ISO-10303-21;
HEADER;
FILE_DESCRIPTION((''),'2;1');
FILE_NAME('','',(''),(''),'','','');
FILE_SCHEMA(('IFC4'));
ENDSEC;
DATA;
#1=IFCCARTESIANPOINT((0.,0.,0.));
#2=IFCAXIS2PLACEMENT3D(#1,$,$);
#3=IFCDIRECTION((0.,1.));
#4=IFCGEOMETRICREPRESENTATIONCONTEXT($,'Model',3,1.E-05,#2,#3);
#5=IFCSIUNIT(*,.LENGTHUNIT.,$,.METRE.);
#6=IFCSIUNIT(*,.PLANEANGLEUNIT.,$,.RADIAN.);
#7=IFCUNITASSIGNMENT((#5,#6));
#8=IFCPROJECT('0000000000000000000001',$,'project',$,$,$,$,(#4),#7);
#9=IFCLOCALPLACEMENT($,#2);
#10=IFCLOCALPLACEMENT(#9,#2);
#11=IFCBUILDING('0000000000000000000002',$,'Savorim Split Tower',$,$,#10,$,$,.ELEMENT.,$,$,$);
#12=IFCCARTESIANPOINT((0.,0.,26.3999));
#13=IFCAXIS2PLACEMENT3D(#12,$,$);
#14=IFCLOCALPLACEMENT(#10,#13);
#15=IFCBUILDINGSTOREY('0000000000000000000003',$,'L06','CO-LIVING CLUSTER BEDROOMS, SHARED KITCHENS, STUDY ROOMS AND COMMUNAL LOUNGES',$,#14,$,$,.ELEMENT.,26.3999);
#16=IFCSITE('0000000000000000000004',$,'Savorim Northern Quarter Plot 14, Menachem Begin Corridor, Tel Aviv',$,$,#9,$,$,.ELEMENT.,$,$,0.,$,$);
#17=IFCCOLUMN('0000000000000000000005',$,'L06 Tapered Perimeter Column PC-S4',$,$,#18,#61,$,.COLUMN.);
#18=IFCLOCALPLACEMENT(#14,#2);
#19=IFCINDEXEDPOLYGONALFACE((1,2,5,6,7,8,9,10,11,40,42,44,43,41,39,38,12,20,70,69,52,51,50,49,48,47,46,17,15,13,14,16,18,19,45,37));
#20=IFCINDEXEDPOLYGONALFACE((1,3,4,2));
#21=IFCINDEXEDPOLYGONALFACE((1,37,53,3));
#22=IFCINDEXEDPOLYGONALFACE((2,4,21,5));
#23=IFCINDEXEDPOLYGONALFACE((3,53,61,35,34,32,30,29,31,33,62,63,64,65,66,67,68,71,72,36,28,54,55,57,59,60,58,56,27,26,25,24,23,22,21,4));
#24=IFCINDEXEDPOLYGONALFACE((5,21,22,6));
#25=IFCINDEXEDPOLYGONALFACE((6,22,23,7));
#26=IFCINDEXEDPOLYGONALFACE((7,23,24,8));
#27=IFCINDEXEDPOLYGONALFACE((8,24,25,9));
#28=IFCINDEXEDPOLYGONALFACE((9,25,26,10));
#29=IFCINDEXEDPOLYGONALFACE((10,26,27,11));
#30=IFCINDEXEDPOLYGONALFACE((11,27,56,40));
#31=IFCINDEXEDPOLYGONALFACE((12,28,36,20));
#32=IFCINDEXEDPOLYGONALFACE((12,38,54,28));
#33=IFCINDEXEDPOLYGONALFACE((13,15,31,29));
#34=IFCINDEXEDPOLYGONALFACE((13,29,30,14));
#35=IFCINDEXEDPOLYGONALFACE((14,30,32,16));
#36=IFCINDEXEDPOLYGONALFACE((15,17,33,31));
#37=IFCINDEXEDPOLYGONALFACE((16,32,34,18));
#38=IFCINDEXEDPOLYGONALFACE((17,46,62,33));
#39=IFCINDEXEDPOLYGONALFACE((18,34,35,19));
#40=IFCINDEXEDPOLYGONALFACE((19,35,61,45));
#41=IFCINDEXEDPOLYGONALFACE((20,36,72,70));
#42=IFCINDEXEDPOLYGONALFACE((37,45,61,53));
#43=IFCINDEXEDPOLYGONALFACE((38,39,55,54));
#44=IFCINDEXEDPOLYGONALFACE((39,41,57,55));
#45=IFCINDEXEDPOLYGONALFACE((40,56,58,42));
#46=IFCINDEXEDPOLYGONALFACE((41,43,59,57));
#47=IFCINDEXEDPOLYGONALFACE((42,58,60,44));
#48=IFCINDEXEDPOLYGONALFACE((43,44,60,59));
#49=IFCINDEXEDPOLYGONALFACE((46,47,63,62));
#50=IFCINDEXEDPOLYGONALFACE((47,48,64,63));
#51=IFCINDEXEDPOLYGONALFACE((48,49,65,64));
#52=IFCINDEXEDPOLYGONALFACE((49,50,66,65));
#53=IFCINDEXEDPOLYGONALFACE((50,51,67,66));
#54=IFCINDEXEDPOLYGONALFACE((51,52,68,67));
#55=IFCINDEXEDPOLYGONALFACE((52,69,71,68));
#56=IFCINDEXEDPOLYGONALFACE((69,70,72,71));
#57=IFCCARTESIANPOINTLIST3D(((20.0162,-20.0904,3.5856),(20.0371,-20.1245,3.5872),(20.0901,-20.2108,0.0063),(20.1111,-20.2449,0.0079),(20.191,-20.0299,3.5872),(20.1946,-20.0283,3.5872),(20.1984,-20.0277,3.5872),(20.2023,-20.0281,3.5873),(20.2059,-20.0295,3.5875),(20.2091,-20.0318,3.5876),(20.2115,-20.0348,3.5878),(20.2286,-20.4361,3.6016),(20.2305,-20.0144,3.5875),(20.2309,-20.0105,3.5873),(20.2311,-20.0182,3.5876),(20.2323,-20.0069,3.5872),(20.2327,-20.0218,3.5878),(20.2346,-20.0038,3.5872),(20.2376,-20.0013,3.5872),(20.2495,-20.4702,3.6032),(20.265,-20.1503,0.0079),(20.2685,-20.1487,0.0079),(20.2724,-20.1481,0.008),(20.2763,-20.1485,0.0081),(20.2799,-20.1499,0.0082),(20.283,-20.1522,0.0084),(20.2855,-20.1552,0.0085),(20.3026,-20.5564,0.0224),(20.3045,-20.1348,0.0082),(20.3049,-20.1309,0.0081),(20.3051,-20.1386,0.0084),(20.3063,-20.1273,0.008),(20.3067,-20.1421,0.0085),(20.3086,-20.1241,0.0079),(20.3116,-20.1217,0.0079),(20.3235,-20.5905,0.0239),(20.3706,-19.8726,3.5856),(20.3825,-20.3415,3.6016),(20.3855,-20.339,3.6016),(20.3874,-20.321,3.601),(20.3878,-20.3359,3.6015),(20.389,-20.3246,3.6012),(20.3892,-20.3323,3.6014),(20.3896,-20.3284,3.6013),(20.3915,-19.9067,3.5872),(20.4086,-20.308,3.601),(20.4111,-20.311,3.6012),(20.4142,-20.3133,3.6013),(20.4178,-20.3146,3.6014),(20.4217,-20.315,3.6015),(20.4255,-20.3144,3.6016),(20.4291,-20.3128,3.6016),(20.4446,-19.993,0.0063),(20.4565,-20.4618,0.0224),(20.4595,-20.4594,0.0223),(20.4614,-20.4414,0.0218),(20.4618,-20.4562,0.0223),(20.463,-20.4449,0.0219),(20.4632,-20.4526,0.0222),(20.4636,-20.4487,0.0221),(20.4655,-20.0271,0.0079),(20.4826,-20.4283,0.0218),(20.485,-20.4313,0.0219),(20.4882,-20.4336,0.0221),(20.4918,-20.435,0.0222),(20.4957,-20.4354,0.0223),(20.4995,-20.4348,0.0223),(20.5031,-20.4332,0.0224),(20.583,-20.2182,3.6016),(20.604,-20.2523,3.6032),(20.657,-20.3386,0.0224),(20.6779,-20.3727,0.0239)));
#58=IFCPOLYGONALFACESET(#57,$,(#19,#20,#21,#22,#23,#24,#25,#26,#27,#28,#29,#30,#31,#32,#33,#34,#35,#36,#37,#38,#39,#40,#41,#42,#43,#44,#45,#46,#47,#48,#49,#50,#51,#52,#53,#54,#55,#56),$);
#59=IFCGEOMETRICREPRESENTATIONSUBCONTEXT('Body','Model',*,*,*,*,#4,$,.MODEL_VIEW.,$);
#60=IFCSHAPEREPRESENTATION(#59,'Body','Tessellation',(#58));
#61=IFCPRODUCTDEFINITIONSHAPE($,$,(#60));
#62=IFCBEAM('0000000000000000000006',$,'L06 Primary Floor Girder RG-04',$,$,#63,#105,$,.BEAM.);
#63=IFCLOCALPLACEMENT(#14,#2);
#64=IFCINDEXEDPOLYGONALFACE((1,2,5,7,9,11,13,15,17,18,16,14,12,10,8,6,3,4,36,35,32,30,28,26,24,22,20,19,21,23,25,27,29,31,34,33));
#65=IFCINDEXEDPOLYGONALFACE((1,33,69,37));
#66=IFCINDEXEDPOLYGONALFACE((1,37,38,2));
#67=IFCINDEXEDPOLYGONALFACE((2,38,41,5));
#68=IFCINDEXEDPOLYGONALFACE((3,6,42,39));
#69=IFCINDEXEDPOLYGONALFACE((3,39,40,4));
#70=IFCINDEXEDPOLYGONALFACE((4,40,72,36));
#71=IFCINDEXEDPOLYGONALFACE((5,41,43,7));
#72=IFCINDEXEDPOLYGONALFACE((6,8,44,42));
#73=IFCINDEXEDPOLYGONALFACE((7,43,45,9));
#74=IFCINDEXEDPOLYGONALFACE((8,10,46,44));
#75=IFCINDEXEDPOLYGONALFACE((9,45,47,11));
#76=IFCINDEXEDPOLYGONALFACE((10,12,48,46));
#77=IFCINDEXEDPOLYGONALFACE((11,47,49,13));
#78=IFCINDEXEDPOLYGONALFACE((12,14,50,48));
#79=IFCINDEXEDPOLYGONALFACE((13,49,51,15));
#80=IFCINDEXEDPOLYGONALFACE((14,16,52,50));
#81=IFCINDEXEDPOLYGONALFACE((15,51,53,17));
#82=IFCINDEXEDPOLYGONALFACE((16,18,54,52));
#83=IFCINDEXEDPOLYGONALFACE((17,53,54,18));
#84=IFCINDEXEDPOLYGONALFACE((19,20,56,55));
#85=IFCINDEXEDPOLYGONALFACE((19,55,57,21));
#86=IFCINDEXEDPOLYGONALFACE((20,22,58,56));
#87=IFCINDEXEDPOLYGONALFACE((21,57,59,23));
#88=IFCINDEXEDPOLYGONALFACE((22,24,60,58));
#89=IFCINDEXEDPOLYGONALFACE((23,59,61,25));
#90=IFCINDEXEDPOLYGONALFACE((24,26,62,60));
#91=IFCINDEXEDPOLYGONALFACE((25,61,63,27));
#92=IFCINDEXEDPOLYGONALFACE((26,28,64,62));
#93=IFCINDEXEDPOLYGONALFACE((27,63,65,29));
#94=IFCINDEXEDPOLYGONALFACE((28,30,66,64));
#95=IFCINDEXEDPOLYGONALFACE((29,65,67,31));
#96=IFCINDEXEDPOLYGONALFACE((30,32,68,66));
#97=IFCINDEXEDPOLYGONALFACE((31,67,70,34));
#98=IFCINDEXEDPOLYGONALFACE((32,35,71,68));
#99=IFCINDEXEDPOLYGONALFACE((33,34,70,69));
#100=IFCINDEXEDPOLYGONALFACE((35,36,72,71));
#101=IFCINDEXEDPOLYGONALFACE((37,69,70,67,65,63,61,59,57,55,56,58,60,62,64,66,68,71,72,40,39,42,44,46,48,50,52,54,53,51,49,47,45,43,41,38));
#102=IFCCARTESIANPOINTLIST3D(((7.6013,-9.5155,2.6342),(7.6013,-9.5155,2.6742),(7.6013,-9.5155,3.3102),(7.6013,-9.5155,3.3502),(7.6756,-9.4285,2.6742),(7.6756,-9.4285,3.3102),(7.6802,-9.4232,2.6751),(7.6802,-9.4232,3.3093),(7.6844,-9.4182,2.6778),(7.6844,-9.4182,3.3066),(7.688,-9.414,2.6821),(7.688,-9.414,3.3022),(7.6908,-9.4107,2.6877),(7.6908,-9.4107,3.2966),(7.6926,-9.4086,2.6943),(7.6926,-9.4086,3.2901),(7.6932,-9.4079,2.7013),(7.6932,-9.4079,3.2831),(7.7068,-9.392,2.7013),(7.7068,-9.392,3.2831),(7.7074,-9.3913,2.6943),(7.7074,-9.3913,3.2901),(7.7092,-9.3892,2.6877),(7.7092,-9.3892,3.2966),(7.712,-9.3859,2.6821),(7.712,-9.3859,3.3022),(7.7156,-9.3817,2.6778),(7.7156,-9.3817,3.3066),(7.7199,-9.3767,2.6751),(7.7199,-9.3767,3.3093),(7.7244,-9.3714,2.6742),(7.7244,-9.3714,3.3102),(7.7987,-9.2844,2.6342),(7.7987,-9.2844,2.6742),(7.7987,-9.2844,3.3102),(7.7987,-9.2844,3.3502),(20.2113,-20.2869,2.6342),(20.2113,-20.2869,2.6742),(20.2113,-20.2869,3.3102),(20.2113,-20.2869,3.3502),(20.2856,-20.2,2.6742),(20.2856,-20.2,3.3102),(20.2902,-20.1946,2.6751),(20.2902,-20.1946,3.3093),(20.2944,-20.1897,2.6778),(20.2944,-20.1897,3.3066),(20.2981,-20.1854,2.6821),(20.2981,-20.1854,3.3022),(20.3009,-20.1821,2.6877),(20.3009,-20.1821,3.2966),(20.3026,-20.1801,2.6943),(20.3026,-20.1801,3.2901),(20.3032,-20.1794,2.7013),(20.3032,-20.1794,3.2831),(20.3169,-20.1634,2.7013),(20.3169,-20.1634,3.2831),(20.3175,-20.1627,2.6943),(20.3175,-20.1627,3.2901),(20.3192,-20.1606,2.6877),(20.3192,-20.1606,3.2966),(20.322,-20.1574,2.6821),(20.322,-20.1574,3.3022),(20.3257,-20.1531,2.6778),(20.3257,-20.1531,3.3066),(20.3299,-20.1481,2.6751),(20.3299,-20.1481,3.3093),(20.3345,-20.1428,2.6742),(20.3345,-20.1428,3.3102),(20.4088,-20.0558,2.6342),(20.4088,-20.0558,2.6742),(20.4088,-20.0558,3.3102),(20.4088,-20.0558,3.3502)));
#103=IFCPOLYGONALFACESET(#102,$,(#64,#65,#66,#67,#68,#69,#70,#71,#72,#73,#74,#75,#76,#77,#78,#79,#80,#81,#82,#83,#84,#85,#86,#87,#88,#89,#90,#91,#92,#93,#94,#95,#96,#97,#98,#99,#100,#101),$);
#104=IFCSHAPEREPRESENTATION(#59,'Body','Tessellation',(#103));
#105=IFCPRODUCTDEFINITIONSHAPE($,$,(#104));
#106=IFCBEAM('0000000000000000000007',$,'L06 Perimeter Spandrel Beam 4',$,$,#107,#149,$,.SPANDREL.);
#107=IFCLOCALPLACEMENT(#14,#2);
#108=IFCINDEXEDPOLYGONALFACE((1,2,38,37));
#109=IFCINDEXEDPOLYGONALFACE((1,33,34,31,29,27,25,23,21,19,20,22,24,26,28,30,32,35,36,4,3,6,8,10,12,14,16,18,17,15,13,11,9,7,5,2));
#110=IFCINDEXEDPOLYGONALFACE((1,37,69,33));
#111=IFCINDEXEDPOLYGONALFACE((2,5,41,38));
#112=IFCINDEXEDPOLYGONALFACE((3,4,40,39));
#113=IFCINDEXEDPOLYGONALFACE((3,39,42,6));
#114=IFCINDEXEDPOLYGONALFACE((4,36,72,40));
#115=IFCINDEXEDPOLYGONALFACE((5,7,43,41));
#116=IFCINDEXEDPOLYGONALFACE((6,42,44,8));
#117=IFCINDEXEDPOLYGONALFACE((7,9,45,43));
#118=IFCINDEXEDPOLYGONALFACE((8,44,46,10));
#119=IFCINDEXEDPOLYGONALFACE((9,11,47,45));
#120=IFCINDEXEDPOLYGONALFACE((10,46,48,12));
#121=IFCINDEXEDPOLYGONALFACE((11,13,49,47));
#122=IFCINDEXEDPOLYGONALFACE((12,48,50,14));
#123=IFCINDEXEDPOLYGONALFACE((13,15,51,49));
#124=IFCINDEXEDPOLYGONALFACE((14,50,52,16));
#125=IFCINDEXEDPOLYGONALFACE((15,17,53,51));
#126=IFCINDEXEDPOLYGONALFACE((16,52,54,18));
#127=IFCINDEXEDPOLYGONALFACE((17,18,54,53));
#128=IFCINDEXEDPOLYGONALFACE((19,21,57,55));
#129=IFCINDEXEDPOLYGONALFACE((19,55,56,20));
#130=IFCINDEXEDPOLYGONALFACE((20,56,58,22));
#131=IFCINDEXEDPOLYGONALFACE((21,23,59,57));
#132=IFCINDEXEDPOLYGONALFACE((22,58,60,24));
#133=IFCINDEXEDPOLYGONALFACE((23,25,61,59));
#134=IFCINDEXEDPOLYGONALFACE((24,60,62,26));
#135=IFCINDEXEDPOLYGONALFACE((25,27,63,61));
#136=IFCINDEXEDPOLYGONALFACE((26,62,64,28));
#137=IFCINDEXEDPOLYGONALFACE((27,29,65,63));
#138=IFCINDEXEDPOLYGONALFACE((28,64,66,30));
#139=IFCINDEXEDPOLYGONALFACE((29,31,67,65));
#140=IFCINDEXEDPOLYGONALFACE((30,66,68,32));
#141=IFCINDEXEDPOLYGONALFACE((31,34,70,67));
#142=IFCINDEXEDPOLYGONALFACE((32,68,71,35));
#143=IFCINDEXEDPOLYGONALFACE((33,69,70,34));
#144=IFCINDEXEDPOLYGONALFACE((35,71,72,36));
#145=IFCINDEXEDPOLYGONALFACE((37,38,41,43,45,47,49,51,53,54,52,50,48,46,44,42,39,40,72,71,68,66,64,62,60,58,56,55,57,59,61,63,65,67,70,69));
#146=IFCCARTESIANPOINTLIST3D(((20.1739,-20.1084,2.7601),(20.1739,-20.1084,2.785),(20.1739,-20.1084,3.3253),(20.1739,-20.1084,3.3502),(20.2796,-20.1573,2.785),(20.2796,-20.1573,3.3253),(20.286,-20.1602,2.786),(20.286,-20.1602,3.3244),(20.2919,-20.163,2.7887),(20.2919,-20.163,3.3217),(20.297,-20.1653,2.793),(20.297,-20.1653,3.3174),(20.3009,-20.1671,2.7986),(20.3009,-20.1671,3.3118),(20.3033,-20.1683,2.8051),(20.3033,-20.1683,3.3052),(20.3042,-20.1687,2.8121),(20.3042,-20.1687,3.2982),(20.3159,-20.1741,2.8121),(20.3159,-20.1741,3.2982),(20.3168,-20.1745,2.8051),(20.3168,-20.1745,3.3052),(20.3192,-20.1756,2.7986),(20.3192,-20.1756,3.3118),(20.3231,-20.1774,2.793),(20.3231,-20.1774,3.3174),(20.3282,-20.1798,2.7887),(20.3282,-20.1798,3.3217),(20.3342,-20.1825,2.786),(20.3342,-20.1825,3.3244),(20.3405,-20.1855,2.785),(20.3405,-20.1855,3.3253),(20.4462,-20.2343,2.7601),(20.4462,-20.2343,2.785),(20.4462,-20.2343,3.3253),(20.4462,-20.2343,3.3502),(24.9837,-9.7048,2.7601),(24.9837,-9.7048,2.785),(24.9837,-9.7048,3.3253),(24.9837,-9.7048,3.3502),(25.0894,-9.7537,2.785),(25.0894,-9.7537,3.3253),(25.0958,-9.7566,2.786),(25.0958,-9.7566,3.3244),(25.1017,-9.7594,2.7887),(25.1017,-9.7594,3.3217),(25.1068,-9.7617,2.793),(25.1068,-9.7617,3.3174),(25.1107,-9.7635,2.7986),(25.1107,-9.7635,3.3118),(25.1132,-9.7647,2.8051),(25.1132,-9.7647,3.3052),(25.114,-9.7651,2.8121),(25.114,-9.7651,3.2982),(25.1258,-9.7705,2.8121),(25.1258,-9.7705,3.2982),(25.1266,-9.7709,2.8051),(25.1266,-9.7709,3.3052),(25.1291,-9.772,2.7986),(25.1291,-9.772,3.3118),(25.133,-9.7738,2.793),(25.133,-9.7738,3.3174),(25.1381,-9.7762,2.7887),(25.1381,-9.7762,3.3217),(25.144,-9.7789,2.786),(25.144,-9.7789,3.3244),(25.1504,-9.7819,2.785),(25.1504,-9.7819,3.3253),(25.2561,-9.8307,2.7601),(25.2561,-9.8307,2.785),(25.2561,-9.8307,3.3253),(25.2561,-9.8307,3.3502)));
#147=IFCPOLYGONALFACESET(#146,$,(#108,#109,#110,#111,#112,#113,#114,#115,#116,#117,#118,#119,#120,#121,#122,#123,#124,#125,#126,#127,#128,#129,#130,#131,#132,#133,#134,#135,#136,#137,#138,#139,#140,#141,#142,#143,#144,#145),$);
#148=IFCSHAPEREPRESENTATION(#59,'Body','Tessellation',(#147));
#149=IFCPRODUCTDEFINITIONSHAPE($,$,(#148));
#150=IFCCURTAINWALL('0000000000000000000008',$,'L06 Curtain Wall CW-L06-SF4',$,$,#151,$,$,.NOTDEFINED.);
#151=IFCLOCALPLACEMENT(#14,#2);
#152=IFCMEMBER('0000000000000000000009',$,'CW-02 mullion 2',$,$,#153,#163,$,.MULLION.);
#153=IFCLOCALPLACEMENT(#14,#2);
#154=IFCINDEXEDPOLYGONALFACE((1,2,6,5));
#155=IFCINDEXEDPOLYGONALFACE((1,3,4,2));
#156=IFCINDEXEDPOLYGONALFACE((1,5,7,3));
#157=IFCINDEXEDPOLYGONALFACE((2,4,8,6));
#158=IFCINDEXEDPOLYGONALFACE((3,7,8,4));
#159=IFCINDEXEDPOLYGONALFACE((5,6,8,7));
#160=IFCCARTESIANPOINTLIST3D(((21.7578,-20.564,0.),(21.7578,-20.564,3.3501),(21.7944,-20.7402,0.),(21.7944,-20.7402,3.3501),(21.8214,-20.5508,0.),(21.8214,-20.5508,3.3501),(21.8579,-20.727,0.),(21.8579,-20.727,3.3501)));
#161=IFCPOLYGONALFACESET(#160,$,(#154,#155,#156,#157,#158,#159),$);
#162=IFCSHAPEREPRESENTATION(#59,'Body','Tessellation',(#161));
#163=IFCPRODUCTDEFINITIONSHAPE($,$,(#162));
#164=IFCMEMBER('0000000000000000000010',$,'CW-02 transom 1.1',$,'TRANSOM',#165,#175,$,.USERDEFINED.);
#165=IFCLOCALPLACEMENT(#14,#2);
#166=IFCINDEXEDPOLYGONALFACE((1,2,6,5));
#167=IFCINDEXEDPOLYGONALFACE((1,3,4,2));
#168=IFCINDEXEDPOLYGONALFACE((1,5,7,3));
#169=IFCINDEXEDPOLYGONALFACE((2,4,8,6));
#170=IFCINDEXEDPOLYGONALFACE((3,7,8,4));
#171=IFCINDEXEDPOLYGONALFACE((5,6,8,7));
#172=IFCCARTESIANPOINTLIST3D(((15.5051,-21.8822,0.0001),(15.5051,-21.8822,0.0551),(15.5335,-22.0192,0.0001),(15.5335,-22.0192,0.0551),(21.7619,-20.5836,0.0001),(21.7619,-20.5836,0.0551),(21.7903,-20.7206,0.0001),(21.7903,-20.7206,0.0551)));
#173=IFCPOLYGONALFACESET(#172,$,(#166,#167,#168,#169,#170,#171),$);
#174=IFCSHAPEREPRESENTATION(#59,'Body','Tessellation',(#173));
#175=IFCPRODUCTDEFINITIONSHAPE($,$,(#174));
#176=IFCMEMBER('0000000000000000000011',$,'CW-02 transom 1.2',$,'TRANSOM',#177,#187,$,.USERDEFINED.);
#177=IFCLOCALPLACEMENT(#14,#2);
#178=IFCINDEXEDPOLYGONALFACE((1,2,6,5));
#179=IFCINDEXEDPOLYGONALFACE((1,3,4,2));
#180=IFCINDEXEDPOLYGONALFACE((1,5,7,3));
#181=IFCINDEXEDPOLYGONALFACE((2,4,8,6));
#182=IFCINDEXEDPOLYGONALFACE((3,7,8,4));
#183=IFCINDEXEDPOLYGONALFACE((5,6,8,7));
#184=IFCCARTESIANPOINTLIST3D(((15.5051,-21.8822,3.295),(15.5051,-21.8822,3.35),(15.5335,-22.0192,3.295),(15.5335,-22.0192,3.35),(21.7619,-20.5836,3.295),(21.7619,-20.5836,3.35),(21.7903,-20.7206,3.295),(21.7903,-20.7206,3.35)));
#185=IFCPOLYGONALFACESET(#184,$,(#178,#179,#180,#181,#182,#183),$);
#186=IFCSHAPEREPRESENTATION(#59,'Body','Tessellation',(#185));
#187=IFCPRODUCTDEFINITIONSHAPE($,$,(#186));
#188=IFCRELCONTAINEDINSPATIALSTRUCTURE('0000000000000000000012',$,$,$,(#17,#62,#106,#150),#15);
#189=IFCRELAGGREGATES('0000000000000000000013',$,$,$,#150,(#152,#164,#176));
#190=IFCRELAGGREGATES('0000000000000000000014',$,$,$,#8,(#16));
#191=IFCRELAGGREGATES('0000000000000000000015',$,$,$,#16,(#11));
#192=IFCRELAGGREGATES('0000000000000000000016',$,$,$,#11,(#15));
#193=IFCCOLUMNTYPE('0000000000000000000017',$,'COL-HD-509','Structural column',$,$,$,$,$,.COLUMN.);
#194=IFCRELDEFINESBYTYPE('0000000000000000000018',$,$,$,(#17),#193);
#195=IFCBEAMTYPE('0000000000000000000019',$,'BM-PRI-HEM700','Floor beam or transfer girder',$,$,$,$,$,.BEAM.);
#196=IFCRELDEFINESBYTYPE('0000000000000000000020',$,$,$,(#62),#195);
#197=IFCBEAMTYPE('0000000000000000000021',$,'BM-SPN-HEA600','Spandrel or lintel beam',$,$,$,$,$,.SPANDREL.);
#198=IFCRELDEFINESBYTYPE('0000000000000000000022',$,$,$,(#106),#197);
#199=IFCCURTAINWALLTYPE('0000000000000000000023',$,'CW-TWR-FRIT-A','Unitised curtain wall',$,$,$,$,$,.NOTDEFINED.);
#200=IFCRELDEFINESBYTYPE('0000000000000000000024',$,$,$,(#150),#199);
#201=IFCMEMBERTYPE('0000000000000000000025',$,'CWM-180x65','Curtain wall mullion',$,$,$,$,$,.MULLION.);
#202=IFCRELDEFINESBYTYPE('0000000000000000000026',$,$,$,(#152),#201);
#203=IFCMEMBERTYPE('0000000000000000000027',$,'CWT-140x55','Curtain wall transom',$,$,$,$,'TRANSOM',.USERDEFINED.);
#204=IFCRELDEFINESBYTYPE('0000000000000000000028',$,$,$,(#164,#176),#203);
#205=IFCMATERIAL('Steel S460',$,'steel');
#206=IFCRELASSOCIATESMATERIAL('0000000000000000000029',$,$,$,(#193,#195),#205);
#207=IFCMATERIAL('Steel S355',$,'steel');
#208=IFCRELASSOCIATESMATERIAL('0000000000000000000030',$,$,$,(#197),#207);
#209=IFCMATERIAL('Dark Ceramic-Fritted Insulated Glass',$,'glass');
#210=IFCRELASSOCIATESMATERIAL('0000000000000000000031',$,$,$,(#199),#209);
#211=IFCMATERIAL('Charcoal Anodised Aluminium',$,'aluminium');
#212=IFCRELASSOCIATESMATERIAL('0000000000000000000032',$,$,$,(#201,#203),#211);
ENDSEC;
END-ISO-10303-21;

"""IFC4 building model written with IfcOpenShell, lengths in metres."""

from ifc_helpers import new_model, si_unit, direction, frame, origin, origin_2d, place, context, subcontext, project, spatial, rectangle, i_section, extrude, material, material_profile, profile_set, type_object, element, aggregate, save


model = new_model("IFC4")

# Units and contexts
model_context = context("Model", 3, precision=1e-05, world=origin(), true_north=direction((0.0, 1.0)))
body_context = subcontext(model_context, "Body", "Model", "MODEL_VIEW")
ifc_project = project(units=[si_unit("LENGTHUNIT", "METRE"), si_unit("PLANEANGLEUNIT", "RADIAN")], contexts=[model_context])

# Site, building, storey
site_placement = place(None, origin())
site = spatial("IfcSite", under=ifc_project, at=site_placement, Name="Savorim Northern Quarter Plot 14, Menachem Begin Corridor, Tel Aviv", CompositionType="ELEMENT", RefElevation=0.0)
building_placement = place(site_placement, origin())
building = spatial("IfcBuilding", under=site, at=building_placement, Name="Savorim Split Tower", CompositionType="ELEMENT")
storey_placement = place(building_placement, frame((0.0, 0.0, 26.3999)))
storey = spatial("IfcBuildingStorey", under=building, at=storey_placement, Name="L06", Description="CO-LIVING CLUSTER BEDROOMS, SHARED KITCHENS, STUDY ROOMS AND COMMUNAL LOUNGES", CompositionType="ELEMENT", Elevation=26.3999)

# Column
ifc_material_1 = material(Name="Steel S460", Category="steel")
ifc_material_profile_1 = material_profile(ifc_material_1, i_section(OverallWidth=0.416, OverallDepth=0.446, WebThickness=0.0249, FlangeThickness=0.04, FilletRadius=0.0149, at=origin_2d()), Name="HD 400x509")
ifc_profile_set_1 = profile_set([ifc_material_profile_1], Name="Steel S460")
column_type = type_object("IfcColumnType", Name="COL-HD-509", Description="Structural column", PredefinedType="COLUMN", material=ifc_profile_set_1)
column_placement = place(storey_placement, frame((20.384, -20.2917, 0.0151), z_axis=(-0.020651, 0.0336, 0.999222), x_axis=(-0.851955, -0.523615, 0.0)))
element("IfcColumn", 1, at=column_placement, inside=storey, type_object=column_type, Name="L06 Tapered Perimeter Column PC-S4", PredefinedType="COLUMN", context=body_context, shape_type="SweptSolid", body=[
    extrude(i_section(OverallWidth=0.416, OverallDepth=0.446, WebThickness=0.0249, FlangeThickness=0.04, FilletRadius=0.0149, at=origin_2d()), origin(), (0.0, 0.0, 1.0), 3.582),
])

# Beams
ifc_material_profile_2 = material_profile(ifc_material_1, i_section(OverallWidth=0.304, OverallDepth=0.7161, WebThickness=0.021, FlangeThickness=0.04, FilletRadius=0.0271, at=origin_2d()), Name="HE 700 M")
ifc_profile_set_2 = profile_set([ifc_material_profile_2], Name="Steel S460")
beam_type_1 = type_object("IfcBeamType", Name="BM-PRI-HEM700", Description="Floor beam or transfer girder", PredefinedType="BEAM", material=ifc_profile_set_2)
beam_1_placement = place(storey_placement, frame((20.3101, -20.1714, 2.9922), z_axis=(-0.760363, 0.649498, 0.0), x_axis=(-0.649498, -0.760363, 0.0)))
element("IfcBeam", 2, at=beam_1_placement, inside=storey, type_object=beam_type_1, Name="L06 Primary Floor Girder RG-04", PredefinedType="BEAM", context=body_context, shape_type="SweptSolid", body=[
    extrude(i_section(OverallWidth=0.304, OverallDepth=0.7161, WebThickness=0.021, FlangeThickness=0.04, FilletRadius=0.0271, at=origin_2d()), origin(), (0.0, 0.0, 1.0), 16.5842),
])
ifc_material_2 = material(Name="Steel S355", Category="steel")
ifc_material_profile_3 = material_profile(ifc_material_2, i_section(OverallWidth=0.3, OverallDepth=0.5901, WebThickness=0.0129, FlangeThickness=0.0249, FilletRadius=0.0271, at=origin_2d()), Name="HEA 600")
ifc_profile_set_3 = profile_set([ifc_material_profile_3], Name="Steel S355")
beam_type_2 = type_object("IfcBeamType", Name="BM-SPN-HEA600", Description="Spandrel or lintel beam", PredefinedType="SPANDREL", material=ifc_profile_set_3)
beam_2_placement = place(storey_placement, frame((20.3101, -20.1714, 3.0552), z_axis=(0.419646, 0.907688, 0.0), x_axis=(-0.907688, 0.419646, 0.0)))
element("IfcBeam", 3, at=beam_2_placement, inside=storey, type_object=beam_type_2, Name="L06 Perimeter Spandrel Beam 4", PredefinedType="SPANDREL", context=body_context, shape_type="SweptSolid", body=[
    extrude(i_section(OverallWidth=0.3, OverallDepth=0.5901, WebThickness=0.0129, FlangeThickness=0.0249, FilletRadius=0.0271, at=origin_2d()), origin(), (0.0, 0.0, 1.0), 11.4617),
])

# Curtain wall, members
ifc_material_3 = material(Name="Dark Ceramic-Fritted Insulated Glass", Category="glass")
curtain_wall_type = type_object("IfcCurtainWallType", Name="CW-TWR-FRIT-A", Description="Unitised curtain wall", PredefinedType="NOTDEFINED", material=ifc_material_3)
curtain_wall_placement = place(storey_placement, origin())
curtain_wall = element("IfcCurtainWall", 4, at=curtain_wall_placement, inside=storey, type_object=curtain_wall_type, Name="L06 Curtain Wall CW-L06-SF4", PredefinedType="NOTDEFINED")
ifc_material_4 = material(Name="Charcoal Anodised Aluminium", Category="aluminium")
ifc_material_profile_4 = material_profile(ifc_material_4, rectangle(XDim=0.1799, YDim=0.0649, at=origin_2d()), Name="ALU-M 180x65")
ifc_profile_set_4 = profile_set([ifc_material_profile_4], Name="Charcoal Anodised Aluminium")
member_type_1 = type_object("IfcMemberType", Name="CWM-180x65", Description="Curtain wall mullion", PredefinedType="MULLION", material=ifc_profile_set_4)
member_1_placement = place(storey_placement, frame((21.8079, -20.6455, 0.0), z_axis=(0.0, 0.0, 1.0), x_axis=(-0.20321, 0.979135, 0.0)))
member_1 = element("IfcMember", 5, at=member_1_placement, type_object=member_type_1, Name="CW-02 mullion 2", PredefinedType="MULLION", context=body_context, shape_type="SweptSolid", body=[
    extrude(rectangle(XDim=0.1799, YDim=0.0649, at=origin_2d()), origin(), (0.0, 0.0, 1.0), 3.3501),
])
ifc_material_profile_5 = material_profile(ifc_material_4, rectangle(XDim=0.1399, YDim=0.0549, at=origin_2d()), Name="ALU-T 140x55")
ifc_profile_set_5 = profile_set([ifc_material_profile_5], Name="Charcoal Anodised Aluminium")
member_type_2 = type_object("IfcMemberType", Name="CWT-140x55", Description="Curtain wall transom", ElementType="TRANSOM", PredefinedType="USERDEFINED", material=ifc_profile_set_5)
member_2_placement = place(storey_placement, frame((15.5193, -21.9507, 0.0276), z_axis=(0.979134, 0.203216, 0.0), x_axis=(-0.203216, 0.979134, 0.0)))
member_2 = element("IfcMember", 6, at=member_2_placement, type_object=member_type_2, Name="CW-02 transom 1.1", ObjectType="TRANSOM", PredefinedType="USERDEFINED", context=body_context, shape_type="SweptSolid", body=[
    extrude(rectangle(XDim=0.1399, YDim=0.0549, at=origin_2d()), origin(), (0.0, 0.0, 1.0), 6.3901),
])
member_3_placement = place(storey_placement, frame((15.5193, -21.9507, 3.3225), z_axis=(0.979134, 0.203216, 0.0), x_axis=(-0.203216, 0.979134, 0.0)))
member_3 = element("IfcMember", 7, at=member_3_placement, type_object=member_type_2, Name="CW-02 transom 1.2", ObjectType="TRANSOM", PredefinedType="USERDEFINED", context=body_context, shape_type="SweptSolid", body=[
    extrude(rectangle(XDim=0.1399, YDim=0.0549, at=origin_2d()), origin(), (0.0, 0.0, 1.0), 6.3901),
])
aggregate(curtain_wall, [member_1, member_2, member_3])

save(model, "model.ifc")
